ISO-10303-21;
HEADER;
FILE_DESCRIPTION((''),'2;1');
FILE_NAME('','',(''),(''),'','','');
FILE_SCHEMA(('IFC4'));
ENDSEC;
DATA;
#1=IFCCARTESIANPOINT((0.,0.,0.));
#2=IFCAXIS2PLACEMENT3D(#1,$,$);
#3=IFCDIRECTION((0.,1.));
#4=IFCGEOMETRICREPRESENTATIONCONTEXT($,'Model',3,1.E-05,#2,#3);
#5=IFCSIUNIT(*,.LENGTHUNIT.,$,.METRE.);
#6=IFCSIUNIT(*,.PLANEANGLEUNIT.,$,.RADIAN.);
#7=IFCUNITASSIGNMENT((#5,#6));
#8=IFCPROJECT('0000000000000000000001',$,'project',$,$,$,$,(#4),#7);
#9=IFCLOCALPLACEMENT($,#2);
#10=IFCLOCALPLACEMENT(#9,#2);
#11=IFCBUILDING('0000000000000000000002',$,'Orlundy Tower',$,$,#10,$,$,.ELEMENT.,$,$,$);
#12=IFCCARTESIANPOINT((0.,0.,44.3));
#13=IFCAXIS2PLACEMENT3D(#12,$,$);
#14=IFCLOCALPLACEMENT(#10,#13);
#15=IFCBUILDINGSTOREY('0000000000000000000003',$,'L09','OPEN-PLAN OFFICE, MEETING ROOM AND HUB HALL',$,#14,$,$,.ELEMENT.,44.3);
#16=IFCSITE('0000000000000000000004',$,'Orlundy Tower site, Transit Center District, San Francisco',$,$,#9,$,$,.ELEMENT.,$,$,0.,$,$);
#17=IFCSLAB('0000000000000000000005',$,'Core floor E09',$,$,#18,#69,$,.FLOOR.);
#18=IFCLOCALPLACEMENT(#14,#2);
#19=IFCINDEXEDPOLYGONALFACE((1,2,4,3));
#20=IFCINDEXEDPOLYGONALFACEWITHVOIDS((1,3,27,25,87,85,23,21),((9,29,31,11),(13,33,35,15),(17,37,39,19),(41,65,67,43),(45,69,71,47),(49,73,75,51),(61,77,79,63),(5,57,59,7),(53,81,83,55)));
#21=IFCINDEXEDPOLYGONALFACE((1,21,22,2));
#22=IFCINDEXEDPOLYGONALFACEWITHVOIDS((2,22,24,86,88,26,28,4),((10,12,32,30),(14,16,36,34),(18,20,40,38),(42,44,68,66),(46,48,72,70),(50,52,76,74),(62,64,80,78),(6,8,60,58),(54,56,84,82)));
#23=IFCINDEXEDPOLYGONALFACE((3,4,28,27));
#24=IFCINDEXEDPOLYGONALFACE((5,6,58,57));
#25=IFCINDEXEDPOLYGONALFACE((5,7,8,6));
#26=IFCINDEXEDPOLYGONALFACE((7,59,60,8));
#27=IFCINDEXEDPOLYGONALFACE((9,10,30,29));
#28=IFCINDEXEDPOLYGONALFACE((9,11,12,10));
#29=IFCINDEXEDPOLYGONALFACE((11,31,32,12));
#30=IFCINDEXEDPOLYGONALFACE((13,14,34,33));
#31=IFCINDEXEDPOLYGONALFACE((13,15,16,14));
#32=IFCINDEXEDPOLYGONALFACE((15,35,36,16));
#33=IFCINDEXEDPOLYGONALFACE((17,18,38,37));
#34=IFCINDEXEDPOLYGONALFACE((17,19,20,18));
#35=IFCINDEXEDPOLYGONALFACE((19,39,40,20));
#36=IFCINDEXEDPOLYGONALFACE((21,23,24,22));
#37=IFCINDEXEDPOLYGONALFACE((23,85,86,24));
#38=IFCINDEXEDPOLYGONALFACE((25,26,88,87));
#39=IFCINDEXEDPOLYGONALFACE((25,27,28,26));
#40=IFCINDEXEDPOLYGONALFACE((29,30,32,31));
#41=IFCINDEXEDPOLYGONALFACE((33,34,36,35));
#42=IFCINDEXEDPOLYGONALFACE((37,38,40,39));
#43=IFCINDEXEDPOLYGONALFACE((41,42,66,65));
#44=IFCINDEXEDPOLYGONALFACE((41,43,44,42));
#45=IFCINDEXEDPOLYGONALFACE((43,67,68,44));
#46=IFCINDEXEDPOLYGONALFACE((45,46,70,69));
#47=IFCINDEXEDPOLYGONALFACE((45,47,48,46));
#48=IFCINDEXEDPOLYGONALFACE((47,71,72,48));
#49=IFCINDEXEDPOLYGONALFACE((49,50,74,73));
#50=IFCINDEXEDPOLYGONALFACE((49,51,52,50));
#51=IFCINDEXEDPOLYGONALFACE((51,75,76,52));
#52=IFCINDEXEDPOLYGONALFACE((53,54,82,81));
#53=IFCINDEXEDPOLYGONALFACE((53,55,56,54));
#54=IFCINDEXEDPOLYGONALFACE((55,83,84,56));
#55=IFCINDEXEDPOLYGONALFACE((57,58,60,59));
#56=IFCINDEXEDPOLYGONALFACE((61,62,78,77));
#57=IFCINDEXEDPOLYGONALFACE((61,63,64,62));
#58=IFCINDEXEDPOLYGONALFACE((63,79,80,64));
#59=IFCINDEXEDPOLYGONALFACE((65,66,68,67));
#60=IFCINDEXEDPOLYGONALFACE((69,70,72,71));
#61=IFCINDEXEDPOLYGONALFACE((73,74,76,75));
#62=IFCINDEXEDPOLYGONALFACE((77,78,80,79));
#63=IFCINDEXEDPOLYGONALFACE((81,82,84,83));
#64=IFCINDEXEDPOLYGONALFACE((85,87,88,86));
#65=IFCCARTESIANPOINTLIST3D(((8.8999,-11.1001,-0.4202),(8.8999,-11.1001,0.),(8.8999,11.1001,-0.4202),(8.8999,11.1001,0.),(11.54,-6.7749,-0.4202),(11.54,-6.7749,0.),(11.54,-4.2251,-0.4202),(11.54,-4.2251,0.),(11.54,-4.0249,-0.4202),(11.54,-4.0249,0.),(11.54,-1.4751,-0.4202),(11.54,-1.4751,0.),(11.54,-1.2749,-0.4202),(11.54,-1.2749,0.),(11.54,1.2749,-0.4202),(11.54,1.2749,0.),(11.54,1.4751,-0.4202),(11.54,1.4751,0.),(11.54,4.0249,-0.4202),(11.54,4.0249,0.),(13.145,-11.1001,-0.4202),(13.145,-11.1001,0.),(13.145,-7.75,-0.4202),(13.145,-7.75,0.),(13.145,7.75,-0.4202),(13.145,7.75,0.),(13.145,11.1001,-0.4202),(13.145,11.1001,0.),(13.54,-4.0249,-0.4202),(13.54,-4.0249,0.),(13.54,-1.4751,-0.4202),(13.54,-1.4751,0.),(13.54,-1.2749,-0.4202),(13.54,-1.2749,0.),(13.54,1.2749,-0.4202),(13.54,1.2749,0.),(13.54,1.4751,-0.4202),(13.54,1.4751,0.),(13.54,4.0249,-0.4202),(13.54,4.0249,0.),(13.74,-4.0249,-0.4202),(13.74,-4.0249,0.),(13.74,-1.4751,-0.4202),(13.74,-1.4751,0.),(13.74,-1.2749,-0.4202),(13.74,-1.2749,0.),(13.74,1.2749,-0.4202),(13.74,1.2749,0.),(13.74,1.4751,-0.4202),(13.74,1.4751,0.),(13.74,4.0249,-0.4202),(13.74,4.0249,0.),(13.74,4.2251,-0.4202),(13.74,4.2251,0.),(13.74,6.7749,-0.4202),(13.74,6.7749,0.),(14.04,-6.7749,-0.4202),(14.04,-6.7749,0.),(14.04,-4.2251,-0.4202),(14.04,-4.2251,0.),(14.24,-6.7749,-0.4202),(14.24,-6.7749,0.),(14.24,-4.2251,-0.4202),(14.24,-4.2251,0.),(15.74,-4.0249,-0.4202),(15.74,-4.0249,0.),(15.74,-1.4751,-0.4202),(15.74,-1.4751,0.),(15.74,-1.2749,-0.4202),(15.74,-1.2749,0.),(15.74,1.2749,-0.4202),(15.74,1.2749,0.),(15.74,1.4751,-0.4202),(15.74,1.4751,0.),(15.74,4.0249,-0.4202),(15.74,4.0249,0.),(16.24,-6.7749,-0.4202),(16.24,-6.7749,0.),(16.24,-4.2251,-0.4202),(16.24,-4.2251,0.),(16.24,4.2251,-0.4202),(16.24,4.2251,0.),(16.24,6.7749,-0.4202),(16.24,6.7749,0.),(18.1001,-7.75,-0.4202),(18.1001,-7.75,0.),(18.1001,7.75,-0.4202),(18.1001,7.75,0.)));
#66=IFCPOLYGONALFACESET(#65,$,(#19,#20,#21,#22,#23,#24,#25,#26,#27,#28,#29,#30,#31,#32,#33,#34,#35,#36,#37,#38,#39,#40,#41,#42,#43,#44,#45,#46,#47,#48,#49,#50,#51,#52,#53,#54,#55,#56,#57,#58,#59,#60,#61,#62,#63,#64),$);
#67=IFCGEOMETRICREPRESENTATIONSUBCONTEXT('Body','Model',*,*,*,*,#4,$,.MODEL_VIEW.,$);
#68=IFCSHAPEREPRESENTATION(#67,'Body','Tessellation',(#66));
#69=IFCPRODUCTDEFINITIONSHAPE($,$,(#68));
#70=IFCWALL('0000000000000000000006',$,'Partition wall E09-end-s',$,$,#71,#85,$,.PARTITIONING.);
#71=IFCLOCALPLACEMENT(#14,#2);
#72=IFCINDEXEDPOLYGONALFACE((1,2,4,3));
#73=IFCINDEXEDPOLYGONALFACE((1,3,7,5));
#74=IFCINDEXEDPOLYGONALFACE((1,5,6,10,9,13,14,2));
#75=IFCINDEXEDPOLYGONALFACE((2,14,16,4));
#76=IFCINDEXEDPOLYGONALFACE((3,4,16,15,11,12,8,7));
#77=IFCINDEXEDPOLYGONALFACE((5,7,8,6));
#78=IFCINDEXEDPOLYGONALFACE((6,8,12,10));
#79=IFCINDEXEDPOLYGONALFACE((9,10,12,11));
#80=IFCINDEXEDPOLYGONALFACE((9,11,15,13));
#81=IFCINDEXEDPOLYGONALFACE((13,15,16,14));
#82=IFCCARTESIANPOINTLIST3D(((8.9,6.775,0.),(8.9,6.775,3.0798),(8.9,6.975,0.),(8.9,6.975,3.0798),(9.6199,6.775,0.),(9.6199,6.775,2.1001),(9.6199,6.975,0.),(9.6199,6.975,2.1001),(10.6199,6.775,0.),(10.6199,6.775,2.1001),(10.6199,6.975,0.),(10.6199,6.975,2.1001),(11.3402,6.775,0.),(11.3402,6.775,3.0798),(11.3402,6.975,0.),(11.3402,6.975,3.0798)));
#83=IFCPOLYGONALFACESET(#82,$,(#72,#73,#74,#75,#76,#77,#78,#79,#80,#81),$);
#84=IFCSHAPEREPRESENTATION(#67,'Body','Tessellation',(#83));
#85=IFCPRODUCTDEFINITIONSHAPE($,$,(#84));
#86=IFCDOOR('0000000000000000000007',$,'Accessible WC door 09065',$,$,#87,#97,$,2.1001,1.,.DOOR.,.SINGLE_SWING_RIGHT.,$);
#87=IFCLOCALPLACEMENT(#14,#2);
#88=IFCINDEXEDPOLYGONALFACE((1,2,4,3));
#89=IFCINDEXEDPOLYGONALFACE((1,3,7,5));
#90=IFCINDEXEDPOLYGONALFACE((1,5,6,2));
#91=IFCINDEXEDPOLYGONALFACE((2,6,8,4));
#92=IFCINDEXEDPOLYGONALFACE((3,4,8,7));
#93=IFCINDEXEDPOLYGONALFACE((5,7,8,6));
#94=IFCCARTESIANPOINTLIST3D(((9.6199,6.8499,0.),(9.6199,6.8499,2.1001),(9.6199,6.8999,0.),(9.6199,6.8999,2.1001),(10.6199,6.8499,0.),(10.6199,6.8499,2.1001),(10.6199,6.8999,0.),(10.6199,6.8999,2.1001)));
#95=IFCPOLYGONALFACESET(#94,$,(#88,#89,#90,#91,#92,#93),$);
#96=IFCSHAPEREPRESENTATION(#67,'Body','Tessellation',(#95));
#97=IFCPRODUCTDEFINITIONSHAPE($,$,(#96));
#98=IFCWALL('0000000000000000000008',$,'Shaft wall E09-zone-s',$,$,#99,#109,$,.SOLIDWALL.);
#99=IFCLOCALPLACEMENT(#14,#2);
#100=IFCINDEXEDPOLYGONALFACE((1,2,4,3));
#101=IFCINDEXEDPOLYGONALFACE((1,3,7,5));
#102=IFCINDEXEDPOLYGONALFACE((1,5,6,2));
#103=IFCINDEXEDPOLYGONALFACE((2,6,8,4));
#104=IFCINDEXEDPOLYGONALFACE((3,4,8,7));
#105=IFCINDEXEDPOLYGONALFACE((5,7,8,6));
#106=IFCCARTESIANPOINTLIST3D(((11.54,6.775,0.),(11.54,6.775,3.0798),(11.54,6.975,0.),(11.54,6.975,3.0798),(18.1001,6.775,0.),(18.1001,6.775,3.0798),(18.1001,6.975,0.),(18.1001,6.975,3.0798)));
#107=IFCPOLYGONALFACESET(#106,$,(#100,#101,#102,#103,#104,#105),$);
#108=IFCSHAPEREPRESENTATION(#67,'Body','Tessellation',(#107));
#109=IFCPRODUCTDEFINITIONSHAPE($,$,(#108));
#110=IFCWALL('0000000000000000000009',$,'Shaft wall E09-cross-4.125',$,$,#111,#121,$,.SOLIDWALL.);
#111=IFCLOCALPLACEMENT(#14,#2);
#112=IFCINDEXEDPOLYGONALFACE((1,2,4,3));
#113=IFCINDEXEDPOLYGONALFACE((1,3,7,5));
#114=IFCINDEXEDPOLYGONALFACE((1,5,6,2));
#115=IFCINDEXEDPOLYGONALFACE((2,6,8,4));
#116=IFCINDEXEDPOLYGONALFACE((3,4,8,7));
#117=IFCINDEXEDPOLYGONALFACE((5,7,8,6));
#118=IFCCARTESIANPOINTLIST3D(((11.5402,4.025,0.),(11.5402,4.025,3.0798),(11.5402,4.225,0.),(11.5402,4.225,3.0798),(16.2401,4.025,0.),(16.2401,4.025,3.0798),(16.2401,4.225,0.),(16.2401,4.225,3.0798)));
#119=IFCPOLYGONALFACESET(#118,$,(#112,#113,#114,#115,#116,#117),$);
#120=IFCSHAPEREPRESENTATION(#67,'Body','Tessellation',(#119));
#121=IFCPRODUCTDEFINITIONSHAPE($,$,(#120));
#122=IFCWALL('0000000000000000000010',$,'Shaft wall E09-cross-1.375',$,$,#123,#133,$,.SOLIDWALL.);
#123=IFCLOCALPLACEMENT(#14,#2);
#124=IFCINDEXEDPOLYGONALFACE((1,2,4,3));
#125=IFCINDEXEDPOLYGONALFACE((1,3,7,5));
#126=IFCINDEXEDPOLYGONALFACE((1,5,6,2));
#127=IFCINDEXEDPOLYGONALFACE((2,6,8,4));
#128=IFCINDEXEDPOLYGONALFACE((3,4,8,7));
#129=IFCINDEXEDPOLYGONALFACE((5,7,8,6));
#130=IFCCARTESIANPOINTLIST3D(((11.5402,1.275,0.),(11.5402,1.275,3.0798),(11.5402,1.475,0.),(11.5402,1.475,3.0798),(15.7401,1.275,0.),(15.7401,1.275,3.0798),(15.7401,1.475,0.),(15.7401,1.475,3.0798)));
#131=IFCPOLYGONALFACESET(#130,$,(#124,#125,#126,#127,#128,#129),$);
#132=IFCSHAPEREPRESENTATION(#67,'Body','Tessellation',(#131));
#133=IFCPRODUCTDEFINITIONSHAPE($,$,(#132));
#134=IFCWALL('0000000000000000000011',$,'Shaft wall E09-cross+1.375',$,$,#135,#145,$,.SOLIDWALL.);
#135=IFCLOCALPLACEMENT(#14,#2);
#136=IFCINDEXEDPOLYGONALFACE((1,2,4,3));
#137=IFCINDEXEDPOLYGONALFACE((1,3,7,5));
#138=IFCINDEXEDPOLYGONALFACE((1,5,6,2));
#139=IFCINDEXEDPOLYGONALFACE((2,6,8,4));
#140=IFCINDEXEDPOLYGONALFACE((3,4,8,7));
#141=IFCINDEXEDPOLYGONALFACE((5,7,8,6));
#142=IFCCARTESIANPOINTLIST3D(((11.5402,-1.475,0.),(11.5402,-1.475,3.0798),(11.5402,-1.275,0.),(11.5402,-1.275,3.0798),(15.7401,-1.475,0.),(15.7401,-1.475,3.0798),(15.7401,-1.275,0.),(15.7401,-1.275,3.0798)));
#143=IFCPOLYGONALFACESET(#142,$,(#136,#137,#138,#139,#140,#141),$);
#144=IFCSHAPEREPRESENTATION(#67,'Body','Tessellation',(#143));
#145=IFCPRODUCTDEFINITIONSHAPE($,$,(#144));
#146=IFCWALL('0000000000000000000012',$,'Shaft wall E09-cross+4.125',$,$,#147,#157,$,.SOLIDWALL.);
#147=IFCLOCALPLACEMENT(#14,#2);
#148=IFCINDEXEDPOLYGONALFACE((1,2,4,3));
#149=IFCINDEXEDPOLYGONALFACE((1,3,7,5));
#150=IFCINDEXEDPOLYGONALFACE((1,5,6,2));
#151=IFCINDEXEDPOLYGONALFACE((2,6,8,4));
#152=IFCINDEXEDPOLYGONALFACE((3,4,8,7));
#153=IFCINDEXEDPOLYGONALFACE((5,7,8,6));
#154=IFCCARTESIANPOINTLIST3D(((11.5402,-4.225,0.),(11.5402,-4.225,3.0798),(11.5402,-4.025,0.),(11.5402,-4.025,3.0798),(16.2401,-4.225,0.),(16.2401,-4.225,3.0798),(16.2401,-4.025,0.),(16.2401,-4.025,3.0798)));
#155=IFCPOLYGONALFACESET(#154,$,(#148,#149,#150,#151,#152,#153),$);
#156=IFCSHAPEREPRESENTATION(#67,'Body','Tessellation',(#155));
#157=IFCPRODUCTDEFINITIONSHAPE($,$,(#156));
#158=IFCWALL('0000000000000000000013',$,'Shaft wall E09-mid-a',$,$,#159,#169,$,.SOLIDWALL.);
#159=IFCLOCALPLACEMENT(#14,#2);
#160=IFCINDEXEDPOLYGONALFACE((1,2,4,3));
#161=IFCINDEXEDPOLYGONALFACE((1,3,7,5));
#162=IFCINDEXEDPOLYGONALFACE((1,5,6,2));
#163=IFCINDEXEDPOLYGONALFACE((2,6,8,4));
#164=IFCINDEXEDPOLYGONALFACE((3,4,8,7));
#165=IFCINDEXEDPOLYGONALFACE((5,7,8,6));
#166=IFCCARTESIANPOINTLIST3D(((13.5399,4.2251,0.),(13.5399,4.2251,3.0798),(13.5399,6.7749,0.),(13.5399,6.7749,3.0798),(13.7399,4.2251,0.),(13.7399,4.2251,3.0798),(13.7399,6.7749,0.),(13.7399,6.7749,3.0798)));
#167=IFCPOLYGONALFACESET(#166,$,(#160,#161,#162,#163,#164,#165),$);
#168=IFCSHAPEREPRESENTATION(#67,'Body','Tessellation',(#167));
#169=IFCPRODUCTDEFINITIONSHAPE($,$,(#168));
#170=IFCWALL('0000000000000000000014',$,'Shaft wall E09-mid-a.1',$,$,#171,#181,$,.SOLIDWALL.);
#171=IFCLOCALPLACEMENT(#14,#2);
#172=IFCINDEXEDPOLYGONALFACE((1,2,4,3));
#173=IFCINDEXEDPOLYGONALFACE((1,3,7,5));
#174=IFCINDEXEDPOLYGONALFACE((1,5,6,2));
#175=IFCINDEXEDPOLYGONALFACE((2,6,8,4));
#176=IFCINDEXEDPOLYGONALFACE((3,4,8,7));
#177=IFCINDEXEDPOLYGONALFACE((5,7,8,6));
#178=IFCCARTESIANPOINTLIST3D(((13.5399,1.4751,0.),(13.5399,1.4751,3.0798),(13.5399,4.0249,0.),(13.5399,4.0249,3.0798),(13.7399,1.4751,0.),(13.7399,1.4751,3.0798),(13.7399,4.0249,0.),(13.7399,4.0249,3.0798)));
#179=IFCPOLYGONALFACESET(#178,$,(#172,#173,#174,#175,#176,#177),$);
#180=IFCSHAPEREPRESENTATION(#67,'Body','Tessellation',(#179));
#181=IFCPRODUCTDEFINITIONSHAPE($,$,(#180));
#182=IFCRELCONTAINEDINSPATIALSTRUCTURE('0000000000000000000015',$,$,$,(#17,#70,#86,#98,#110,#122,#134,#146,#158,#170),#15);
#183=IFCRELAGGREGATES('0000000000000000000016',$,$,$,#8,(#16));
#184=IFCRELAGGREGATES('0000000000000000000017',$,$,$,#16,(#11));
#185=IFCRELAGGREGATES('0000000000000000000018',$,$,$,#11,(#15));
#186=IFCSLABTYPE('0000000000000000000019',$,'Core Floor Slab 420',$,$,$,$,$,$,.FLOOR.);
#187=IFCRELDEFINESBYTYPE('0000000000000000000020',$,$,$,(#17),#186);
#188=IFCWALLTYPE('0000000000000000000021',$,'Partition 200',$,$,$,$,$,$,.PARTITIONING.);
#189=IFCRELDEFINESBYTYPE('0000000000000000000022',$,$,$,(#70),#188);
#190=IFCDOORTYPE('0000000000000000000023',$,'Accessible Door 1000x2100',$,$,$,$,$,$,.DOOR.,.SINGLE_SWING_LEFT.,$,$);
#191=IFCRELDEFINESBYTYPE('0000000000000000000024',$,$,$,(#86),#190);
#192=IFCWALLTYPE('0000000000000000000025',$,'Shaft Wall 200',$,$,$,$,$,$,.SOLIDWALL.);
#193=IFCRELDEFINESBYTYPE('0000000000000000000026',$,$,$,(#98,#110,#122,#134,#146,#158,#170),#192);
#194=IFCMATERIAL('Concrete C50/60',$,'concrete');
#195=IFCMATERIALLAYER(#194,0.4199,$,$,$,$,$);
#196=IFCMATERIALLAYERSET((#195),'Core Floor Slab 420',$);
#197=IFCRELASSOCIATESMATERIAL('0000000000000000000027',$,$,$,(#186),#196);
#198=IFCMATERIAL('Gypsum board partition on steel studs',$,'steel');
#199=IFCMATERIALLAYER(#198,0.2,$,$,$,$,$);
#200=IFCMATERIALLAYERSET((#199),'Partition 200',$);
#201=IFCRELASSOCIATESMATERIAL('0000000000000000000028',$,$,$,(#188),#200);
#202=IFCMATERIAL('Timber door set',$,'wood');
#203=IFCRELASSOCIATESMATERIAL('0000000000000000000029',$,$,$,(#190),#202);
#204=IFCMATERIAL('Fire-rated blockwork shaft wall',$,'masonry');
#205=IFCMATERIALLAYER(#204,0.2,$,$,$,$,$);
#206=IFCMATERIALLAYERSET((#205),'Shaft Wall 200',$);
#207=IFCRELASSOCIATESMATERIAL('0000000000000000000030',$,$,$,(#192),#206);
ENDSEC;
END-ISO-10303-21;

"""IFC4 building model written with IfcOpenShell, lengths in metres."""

from ifc_helpers import new_model, si_unit, direction, frame, frame_2d, origin, place, context, subcontext, project, spatial, polyline, rectangle, outline, extrude, material, layer, layer_set, type_object, element, fill, save


model = new_model("IFC4")

# Units and contexts
model_context = context("Model", 3, precision=1e-05, world=origin(), true_north=direction((0.0, 1.0)))
body_context = subcontext(model_context, "Body", "Model", "MODEL_VIEW")
ifc_project = project(units=[si_unit("LENGTHUNIT", "METRE"), si_unit("PLANEANGLEUNIT", "RADIAN")], contexts=[model_context])

# Site, building, storey
site_placement = place(None, origin())
site = spatial("IfcSite", under=ifc_project, at=site_placement, Name="Orlundy Tower site, Transit Center District, San Francisco", CompositionType="ELEMENT", RefElevation=0.0)
building_placement = place(site_placement, origin())
building = spatial("IfcBuilding", under=site, at=building_placement, Name="Orlundy Tower", CompositionType="ELEMENT")
storey_placement = place(building_placement, frame((0.0, 0.0, 44.3)))
storey = spatial("IfcBuildingStorey", under=building, at=storey_placement, Name="L09", Description="OPEN-PLAN OFFICE, MEETING ROOM AND HUB HALL", CompositionType="ELEMENT", Elevation=44.3)

# Slab
ifc_material_1 = material(Name="Concrete C50/60", Category="concrete")
ifc_layer_1 = layer(ifc_material_1, 0.4199)
ifc_layer_set_1 = layer_set([ifc_layer_1], Name="Core Floor Slab 420")
slab_type = type_object("IfcSlabType", Name="Core Floor Slab 420", PredefinedType="FLOOR", material=ifc_layer_set_1)
slab_placement = place(storey_placement, frame((0.0, 0.0, -0.4202)))
element("IfcSlab", 1, at=slab_placement, inside=storey, type_object=slab_type, Name="Core floor E09", PredefinedType="FLOOR", context=body_context, shape_type="SweptSolid", body=[
    extrude(outline(polyline([(13.145, -7.75), (13.145, -11.1001), (8.8999, -11.1001), (8.8999, 11.1001), (13.145, 11.1001), (13.145, 7.75), (18.1001, 7.75), (18.1001, -7.75), (13.145, -7.75)]), holes=[polyline([(16.24, 6.7749), (13.74, 6.7749), (13.74, 4.2251), (16.24, 4.2251), (16.24, 6.7749)]), polyline([(13.54, 1.4751), (13.54, 4.0249), (11.54, 4.0249), (11.54, 1.4751), (13.54, 1.4751)]), polyline([(13.74, 1.4751), (15.74, 1.4751), (15.74, 4.0249), (13.74, 4.0249), (13.74, 1.4751)]), polyline([(11.54, 1.2749), (11.54, -1.2749), (13.54, -1.2749), (13.54, 1.2749), (11.54, 1.2749)]), polyline([(15.74, 1.2749), (13.74, 1.2749), (13.74, -1.2749), (15.74, -1.2749), (15.74, 1.2749)]), polyline([(13.54, -4.0249), (13.54, -1.4751), (11.54, -1.4751), (11.54, -4.0249), (13.54, -4.0249)]), polyline([(13.74, -4.0249), (15.74, -4.0249), (15.74, -1.4751), (13.74, -1.4751), (13.74, -4.0249)]), polyline([(11.54, -4.2251), (11.54, -6.7749), (14.04, -6.7749), (14.04, -4.2251), (11.54, -4.2251)]), polyline([(16.24, -4.2251), (14.24, -4.2251), (14.24, -6.7749), (16.24, -6.7749), (16.24, -4.2251)])]), origin(), (0.0, 0.0, 1.0), 0.4202),
])

# Wall, opening, door
ifc_material_2 = material(Name="Gypsum board partition on steel studs", Category="steel")
ifc_layer_2 = layer(ifc_material_2, 0.2)
ifc_layer_set_2 = layer_set([ifc_layer_2], Name="Partition 200")
wall_type_1 = type_object("IfcWallType", Name="Partition 200", PredefinedType="PARTITIONING", material=ifc_layer_set_2)
wall_1_placement = place(storey_placement, frame((8.8999, 6.875, 0.0), z_axis=(0.0, 0.0, 1.0), x_axis=(1.0, 0.0, 0.0)))
wall_1 = element("IfcWall", 2, at=wall_1_placement, inside=storey, type_object=wall_type_1, Name="Partition wall E09-end-s", PredefinedType="PARTITIONING", context=body_context, shape_type="SweptSolid", body=[
    extrude(rectangle(XDim=2.4402, YDim=0.2, at=frame_2d((1.2202, 0.0))), origin(), (0.0, 0.0, 1.0), 3.0798),
])
opening_1_placement = place(wall_1_placement, frame((0.72, 0.0, 0.0)))
opening_1 = element("IfcOpeningElement", 3, at=opening_1_placement, cuts=wall_1, PredefinedType="OPENING", context=body_context, shape_type="SweptSolid", body=[
    extrude(rectangle(XDim=1.0, YDim=2.1001, at=frame_2d((0.5, 1.05))), frame((0.0, 0.1101, 0.0), z_axis=(0.0, -1.0, 0.0), x_axis=(1.0, 0.0, 0.0)), (0.0, 0.0, 1.0), 0.2202),
])
ifc_material_3 = material(Name="Timber door set", Category="wood")
door_type_1 = type_object("IfcDoorType", Name="Accessible Door 1000x2100", OperationType="SINGLE_SWING_LEFT", PredefinedType="DOOR", material=ifc_material_3)
door_1_placement = place(opening_1_placement, origin())
door_1 = element("IfcDoor", 4, at=door_1_placement, inside=storey, type_object=door_type_1, Name="Accessible WC door 09065", OperationType="SINGLE_SWING_RIGHT", OverallHeight=2.1001, OverallWidth=1.0, PredefinedType="DOOR", context=body_context, shape_type="SweptSolid", body=[
    extrude(rectangle(XDim=1.0, YDim=2.1001, at=frame_2d((0.5, 1.05))), frame((0.0, 0.0249, 0.0), z_axis=(0.0, -1.0, 0.0), x_axis=(1.0, 0.0, 0.0)), (0.0, 0.0, 1.0), 0.05),
])
fill(opening_1, door_1)

# Walls
ifc_material_4 = material(Name="Fire-rated blockwork shaft wall", Category="masonry")
ifc_layer_3 = layer(ifc_material_4, 0.2)
ifc_layer_set_3 = layer_set([ifc_layer_3], Name="Shaft Wall 200")
wall_type_2 = type_object("IfcWallType", Name="Shaft Wall 200", PredefinedType="SOLIDWALL", material=ifc_layer_set_3)
wall_2_placement = place(storey_placement, frame((11.54, 6.875, 0.0), z_axis=(0.0, 0.0, 1.0), x_axis=(1.0, 0.0, 0.0)))
element("IfcWall", 5, at=wall_2_placement, inside=storey, type_object=wall_type_2, Name="Shaft wall E09-zone-s", PredefinedType="SOLIDWALL", context=body_context, shape_type="SweptSolid", body=[
    extrude(rectangle(XDim=6.5601, YDim=0.2, at=frame_2d((3.28, 0.0))), origin(), (0.0, 0.0, 1.0), 3.0798),
])
wall_3_placement = place(storey_placement, frame((11.54, 4.125, 0.0), z_axis=(0.0, 0.0, 1.0), x_axis=(1.0, 0.0, 0.0)))
element("IfcWall", 6, at=wall_3_placement, inside=storey, type_object=wall_type_2, Name="Shaft wall E09-cross-4.125", PredefinedType="SOLIDWALL", context=body_context, shape_type="SweptSolid", body=[
    extrude(rectangle(XDim=4.7, YDim=0.2, at=frame_2d((2.3501, 0.0))), origin(), (0.0, 0.0, 1.0), 3.0798),
])
for number, where, z_axis, x_axis, name in (
    (7, (11.54, 1.375, 0.0), (0.0, 0.0, 1.0), (1.0, 0.0, 0.0), "Shaft wall E09-cross-1.375"),
    (8, (11.54, -1.375, 0.0), (0.0, 0.0, 1.0), (1.0, 0.0, 0.0), "Shaft wall E09-cross+1.375"),
):
    element("IfcWall", number, at=place(storey_placement, frame(where, z_axis=z_axis, x_axis=x_axis)), inside=storey, type_object=wall_type_2, Name=name, PredefinedType="SOLIDWALL", context=body_context, shape_type="SweptSolid", body=[
        extrude(rectangle(XDim=4.2, YDim=0.2, at=frame_2d((2.1001, 0.0))), origin(), (0.0, 0.0, 1.0), 3.0798),
    ])
wall_4_placement = place(storey_placement, frame((11.54, -4.125, 0.0), z_axis=(0.0, 0.0, 1.0), x_axis=(1.0, 0.0, 0.0)))
element("IfcWall", 9, at=wall_4_placement, inside=storey, type_object=wall_type_2, Name="Shaft wall E09-cross+4.125", PredefinedType="SOLIDWALL", context=body_context, shape_type="SweptSolid", body=[
    extrude(rectangle(XDim=4.7, YDim=0.2, at=frame_2d((2.3501, 0.0))), origin(), (0.0, 0.0, 1.0), 3.0798),
])
for number, where, z_axis, x_axis, name in (
    (10, (13.6399, 6.7749, 0.0), (0.0, 0.0, 1.0), (0.0, -1.0, 0.0), "Shaft wall E09-mid-a"),
    (11, (13.6399, 4.0249, 0.0), (0.0, 0.0, 1.0), (0.0, -1.0, 0.0), "Shaft wall E09-mid-a.1"),
):
    element("IfcWall", number, at=place(storey_placement, frame(where, z_axis=z_axis, x_axis=x_axis)), inside=storey, type_object=wall_type_2, Name=name, PredefinedType="SOLIDWALL", context=body_context, shape_type="SweptSolid", body=[
        extrude(rectangle(XDim=2.5498, YDim=0.2, at=frame_2d((1.2749, 0.0))), origin(), (0.0, 0.0, 1.0), 3.0798),
    ])

save(model, "model.ifc")
